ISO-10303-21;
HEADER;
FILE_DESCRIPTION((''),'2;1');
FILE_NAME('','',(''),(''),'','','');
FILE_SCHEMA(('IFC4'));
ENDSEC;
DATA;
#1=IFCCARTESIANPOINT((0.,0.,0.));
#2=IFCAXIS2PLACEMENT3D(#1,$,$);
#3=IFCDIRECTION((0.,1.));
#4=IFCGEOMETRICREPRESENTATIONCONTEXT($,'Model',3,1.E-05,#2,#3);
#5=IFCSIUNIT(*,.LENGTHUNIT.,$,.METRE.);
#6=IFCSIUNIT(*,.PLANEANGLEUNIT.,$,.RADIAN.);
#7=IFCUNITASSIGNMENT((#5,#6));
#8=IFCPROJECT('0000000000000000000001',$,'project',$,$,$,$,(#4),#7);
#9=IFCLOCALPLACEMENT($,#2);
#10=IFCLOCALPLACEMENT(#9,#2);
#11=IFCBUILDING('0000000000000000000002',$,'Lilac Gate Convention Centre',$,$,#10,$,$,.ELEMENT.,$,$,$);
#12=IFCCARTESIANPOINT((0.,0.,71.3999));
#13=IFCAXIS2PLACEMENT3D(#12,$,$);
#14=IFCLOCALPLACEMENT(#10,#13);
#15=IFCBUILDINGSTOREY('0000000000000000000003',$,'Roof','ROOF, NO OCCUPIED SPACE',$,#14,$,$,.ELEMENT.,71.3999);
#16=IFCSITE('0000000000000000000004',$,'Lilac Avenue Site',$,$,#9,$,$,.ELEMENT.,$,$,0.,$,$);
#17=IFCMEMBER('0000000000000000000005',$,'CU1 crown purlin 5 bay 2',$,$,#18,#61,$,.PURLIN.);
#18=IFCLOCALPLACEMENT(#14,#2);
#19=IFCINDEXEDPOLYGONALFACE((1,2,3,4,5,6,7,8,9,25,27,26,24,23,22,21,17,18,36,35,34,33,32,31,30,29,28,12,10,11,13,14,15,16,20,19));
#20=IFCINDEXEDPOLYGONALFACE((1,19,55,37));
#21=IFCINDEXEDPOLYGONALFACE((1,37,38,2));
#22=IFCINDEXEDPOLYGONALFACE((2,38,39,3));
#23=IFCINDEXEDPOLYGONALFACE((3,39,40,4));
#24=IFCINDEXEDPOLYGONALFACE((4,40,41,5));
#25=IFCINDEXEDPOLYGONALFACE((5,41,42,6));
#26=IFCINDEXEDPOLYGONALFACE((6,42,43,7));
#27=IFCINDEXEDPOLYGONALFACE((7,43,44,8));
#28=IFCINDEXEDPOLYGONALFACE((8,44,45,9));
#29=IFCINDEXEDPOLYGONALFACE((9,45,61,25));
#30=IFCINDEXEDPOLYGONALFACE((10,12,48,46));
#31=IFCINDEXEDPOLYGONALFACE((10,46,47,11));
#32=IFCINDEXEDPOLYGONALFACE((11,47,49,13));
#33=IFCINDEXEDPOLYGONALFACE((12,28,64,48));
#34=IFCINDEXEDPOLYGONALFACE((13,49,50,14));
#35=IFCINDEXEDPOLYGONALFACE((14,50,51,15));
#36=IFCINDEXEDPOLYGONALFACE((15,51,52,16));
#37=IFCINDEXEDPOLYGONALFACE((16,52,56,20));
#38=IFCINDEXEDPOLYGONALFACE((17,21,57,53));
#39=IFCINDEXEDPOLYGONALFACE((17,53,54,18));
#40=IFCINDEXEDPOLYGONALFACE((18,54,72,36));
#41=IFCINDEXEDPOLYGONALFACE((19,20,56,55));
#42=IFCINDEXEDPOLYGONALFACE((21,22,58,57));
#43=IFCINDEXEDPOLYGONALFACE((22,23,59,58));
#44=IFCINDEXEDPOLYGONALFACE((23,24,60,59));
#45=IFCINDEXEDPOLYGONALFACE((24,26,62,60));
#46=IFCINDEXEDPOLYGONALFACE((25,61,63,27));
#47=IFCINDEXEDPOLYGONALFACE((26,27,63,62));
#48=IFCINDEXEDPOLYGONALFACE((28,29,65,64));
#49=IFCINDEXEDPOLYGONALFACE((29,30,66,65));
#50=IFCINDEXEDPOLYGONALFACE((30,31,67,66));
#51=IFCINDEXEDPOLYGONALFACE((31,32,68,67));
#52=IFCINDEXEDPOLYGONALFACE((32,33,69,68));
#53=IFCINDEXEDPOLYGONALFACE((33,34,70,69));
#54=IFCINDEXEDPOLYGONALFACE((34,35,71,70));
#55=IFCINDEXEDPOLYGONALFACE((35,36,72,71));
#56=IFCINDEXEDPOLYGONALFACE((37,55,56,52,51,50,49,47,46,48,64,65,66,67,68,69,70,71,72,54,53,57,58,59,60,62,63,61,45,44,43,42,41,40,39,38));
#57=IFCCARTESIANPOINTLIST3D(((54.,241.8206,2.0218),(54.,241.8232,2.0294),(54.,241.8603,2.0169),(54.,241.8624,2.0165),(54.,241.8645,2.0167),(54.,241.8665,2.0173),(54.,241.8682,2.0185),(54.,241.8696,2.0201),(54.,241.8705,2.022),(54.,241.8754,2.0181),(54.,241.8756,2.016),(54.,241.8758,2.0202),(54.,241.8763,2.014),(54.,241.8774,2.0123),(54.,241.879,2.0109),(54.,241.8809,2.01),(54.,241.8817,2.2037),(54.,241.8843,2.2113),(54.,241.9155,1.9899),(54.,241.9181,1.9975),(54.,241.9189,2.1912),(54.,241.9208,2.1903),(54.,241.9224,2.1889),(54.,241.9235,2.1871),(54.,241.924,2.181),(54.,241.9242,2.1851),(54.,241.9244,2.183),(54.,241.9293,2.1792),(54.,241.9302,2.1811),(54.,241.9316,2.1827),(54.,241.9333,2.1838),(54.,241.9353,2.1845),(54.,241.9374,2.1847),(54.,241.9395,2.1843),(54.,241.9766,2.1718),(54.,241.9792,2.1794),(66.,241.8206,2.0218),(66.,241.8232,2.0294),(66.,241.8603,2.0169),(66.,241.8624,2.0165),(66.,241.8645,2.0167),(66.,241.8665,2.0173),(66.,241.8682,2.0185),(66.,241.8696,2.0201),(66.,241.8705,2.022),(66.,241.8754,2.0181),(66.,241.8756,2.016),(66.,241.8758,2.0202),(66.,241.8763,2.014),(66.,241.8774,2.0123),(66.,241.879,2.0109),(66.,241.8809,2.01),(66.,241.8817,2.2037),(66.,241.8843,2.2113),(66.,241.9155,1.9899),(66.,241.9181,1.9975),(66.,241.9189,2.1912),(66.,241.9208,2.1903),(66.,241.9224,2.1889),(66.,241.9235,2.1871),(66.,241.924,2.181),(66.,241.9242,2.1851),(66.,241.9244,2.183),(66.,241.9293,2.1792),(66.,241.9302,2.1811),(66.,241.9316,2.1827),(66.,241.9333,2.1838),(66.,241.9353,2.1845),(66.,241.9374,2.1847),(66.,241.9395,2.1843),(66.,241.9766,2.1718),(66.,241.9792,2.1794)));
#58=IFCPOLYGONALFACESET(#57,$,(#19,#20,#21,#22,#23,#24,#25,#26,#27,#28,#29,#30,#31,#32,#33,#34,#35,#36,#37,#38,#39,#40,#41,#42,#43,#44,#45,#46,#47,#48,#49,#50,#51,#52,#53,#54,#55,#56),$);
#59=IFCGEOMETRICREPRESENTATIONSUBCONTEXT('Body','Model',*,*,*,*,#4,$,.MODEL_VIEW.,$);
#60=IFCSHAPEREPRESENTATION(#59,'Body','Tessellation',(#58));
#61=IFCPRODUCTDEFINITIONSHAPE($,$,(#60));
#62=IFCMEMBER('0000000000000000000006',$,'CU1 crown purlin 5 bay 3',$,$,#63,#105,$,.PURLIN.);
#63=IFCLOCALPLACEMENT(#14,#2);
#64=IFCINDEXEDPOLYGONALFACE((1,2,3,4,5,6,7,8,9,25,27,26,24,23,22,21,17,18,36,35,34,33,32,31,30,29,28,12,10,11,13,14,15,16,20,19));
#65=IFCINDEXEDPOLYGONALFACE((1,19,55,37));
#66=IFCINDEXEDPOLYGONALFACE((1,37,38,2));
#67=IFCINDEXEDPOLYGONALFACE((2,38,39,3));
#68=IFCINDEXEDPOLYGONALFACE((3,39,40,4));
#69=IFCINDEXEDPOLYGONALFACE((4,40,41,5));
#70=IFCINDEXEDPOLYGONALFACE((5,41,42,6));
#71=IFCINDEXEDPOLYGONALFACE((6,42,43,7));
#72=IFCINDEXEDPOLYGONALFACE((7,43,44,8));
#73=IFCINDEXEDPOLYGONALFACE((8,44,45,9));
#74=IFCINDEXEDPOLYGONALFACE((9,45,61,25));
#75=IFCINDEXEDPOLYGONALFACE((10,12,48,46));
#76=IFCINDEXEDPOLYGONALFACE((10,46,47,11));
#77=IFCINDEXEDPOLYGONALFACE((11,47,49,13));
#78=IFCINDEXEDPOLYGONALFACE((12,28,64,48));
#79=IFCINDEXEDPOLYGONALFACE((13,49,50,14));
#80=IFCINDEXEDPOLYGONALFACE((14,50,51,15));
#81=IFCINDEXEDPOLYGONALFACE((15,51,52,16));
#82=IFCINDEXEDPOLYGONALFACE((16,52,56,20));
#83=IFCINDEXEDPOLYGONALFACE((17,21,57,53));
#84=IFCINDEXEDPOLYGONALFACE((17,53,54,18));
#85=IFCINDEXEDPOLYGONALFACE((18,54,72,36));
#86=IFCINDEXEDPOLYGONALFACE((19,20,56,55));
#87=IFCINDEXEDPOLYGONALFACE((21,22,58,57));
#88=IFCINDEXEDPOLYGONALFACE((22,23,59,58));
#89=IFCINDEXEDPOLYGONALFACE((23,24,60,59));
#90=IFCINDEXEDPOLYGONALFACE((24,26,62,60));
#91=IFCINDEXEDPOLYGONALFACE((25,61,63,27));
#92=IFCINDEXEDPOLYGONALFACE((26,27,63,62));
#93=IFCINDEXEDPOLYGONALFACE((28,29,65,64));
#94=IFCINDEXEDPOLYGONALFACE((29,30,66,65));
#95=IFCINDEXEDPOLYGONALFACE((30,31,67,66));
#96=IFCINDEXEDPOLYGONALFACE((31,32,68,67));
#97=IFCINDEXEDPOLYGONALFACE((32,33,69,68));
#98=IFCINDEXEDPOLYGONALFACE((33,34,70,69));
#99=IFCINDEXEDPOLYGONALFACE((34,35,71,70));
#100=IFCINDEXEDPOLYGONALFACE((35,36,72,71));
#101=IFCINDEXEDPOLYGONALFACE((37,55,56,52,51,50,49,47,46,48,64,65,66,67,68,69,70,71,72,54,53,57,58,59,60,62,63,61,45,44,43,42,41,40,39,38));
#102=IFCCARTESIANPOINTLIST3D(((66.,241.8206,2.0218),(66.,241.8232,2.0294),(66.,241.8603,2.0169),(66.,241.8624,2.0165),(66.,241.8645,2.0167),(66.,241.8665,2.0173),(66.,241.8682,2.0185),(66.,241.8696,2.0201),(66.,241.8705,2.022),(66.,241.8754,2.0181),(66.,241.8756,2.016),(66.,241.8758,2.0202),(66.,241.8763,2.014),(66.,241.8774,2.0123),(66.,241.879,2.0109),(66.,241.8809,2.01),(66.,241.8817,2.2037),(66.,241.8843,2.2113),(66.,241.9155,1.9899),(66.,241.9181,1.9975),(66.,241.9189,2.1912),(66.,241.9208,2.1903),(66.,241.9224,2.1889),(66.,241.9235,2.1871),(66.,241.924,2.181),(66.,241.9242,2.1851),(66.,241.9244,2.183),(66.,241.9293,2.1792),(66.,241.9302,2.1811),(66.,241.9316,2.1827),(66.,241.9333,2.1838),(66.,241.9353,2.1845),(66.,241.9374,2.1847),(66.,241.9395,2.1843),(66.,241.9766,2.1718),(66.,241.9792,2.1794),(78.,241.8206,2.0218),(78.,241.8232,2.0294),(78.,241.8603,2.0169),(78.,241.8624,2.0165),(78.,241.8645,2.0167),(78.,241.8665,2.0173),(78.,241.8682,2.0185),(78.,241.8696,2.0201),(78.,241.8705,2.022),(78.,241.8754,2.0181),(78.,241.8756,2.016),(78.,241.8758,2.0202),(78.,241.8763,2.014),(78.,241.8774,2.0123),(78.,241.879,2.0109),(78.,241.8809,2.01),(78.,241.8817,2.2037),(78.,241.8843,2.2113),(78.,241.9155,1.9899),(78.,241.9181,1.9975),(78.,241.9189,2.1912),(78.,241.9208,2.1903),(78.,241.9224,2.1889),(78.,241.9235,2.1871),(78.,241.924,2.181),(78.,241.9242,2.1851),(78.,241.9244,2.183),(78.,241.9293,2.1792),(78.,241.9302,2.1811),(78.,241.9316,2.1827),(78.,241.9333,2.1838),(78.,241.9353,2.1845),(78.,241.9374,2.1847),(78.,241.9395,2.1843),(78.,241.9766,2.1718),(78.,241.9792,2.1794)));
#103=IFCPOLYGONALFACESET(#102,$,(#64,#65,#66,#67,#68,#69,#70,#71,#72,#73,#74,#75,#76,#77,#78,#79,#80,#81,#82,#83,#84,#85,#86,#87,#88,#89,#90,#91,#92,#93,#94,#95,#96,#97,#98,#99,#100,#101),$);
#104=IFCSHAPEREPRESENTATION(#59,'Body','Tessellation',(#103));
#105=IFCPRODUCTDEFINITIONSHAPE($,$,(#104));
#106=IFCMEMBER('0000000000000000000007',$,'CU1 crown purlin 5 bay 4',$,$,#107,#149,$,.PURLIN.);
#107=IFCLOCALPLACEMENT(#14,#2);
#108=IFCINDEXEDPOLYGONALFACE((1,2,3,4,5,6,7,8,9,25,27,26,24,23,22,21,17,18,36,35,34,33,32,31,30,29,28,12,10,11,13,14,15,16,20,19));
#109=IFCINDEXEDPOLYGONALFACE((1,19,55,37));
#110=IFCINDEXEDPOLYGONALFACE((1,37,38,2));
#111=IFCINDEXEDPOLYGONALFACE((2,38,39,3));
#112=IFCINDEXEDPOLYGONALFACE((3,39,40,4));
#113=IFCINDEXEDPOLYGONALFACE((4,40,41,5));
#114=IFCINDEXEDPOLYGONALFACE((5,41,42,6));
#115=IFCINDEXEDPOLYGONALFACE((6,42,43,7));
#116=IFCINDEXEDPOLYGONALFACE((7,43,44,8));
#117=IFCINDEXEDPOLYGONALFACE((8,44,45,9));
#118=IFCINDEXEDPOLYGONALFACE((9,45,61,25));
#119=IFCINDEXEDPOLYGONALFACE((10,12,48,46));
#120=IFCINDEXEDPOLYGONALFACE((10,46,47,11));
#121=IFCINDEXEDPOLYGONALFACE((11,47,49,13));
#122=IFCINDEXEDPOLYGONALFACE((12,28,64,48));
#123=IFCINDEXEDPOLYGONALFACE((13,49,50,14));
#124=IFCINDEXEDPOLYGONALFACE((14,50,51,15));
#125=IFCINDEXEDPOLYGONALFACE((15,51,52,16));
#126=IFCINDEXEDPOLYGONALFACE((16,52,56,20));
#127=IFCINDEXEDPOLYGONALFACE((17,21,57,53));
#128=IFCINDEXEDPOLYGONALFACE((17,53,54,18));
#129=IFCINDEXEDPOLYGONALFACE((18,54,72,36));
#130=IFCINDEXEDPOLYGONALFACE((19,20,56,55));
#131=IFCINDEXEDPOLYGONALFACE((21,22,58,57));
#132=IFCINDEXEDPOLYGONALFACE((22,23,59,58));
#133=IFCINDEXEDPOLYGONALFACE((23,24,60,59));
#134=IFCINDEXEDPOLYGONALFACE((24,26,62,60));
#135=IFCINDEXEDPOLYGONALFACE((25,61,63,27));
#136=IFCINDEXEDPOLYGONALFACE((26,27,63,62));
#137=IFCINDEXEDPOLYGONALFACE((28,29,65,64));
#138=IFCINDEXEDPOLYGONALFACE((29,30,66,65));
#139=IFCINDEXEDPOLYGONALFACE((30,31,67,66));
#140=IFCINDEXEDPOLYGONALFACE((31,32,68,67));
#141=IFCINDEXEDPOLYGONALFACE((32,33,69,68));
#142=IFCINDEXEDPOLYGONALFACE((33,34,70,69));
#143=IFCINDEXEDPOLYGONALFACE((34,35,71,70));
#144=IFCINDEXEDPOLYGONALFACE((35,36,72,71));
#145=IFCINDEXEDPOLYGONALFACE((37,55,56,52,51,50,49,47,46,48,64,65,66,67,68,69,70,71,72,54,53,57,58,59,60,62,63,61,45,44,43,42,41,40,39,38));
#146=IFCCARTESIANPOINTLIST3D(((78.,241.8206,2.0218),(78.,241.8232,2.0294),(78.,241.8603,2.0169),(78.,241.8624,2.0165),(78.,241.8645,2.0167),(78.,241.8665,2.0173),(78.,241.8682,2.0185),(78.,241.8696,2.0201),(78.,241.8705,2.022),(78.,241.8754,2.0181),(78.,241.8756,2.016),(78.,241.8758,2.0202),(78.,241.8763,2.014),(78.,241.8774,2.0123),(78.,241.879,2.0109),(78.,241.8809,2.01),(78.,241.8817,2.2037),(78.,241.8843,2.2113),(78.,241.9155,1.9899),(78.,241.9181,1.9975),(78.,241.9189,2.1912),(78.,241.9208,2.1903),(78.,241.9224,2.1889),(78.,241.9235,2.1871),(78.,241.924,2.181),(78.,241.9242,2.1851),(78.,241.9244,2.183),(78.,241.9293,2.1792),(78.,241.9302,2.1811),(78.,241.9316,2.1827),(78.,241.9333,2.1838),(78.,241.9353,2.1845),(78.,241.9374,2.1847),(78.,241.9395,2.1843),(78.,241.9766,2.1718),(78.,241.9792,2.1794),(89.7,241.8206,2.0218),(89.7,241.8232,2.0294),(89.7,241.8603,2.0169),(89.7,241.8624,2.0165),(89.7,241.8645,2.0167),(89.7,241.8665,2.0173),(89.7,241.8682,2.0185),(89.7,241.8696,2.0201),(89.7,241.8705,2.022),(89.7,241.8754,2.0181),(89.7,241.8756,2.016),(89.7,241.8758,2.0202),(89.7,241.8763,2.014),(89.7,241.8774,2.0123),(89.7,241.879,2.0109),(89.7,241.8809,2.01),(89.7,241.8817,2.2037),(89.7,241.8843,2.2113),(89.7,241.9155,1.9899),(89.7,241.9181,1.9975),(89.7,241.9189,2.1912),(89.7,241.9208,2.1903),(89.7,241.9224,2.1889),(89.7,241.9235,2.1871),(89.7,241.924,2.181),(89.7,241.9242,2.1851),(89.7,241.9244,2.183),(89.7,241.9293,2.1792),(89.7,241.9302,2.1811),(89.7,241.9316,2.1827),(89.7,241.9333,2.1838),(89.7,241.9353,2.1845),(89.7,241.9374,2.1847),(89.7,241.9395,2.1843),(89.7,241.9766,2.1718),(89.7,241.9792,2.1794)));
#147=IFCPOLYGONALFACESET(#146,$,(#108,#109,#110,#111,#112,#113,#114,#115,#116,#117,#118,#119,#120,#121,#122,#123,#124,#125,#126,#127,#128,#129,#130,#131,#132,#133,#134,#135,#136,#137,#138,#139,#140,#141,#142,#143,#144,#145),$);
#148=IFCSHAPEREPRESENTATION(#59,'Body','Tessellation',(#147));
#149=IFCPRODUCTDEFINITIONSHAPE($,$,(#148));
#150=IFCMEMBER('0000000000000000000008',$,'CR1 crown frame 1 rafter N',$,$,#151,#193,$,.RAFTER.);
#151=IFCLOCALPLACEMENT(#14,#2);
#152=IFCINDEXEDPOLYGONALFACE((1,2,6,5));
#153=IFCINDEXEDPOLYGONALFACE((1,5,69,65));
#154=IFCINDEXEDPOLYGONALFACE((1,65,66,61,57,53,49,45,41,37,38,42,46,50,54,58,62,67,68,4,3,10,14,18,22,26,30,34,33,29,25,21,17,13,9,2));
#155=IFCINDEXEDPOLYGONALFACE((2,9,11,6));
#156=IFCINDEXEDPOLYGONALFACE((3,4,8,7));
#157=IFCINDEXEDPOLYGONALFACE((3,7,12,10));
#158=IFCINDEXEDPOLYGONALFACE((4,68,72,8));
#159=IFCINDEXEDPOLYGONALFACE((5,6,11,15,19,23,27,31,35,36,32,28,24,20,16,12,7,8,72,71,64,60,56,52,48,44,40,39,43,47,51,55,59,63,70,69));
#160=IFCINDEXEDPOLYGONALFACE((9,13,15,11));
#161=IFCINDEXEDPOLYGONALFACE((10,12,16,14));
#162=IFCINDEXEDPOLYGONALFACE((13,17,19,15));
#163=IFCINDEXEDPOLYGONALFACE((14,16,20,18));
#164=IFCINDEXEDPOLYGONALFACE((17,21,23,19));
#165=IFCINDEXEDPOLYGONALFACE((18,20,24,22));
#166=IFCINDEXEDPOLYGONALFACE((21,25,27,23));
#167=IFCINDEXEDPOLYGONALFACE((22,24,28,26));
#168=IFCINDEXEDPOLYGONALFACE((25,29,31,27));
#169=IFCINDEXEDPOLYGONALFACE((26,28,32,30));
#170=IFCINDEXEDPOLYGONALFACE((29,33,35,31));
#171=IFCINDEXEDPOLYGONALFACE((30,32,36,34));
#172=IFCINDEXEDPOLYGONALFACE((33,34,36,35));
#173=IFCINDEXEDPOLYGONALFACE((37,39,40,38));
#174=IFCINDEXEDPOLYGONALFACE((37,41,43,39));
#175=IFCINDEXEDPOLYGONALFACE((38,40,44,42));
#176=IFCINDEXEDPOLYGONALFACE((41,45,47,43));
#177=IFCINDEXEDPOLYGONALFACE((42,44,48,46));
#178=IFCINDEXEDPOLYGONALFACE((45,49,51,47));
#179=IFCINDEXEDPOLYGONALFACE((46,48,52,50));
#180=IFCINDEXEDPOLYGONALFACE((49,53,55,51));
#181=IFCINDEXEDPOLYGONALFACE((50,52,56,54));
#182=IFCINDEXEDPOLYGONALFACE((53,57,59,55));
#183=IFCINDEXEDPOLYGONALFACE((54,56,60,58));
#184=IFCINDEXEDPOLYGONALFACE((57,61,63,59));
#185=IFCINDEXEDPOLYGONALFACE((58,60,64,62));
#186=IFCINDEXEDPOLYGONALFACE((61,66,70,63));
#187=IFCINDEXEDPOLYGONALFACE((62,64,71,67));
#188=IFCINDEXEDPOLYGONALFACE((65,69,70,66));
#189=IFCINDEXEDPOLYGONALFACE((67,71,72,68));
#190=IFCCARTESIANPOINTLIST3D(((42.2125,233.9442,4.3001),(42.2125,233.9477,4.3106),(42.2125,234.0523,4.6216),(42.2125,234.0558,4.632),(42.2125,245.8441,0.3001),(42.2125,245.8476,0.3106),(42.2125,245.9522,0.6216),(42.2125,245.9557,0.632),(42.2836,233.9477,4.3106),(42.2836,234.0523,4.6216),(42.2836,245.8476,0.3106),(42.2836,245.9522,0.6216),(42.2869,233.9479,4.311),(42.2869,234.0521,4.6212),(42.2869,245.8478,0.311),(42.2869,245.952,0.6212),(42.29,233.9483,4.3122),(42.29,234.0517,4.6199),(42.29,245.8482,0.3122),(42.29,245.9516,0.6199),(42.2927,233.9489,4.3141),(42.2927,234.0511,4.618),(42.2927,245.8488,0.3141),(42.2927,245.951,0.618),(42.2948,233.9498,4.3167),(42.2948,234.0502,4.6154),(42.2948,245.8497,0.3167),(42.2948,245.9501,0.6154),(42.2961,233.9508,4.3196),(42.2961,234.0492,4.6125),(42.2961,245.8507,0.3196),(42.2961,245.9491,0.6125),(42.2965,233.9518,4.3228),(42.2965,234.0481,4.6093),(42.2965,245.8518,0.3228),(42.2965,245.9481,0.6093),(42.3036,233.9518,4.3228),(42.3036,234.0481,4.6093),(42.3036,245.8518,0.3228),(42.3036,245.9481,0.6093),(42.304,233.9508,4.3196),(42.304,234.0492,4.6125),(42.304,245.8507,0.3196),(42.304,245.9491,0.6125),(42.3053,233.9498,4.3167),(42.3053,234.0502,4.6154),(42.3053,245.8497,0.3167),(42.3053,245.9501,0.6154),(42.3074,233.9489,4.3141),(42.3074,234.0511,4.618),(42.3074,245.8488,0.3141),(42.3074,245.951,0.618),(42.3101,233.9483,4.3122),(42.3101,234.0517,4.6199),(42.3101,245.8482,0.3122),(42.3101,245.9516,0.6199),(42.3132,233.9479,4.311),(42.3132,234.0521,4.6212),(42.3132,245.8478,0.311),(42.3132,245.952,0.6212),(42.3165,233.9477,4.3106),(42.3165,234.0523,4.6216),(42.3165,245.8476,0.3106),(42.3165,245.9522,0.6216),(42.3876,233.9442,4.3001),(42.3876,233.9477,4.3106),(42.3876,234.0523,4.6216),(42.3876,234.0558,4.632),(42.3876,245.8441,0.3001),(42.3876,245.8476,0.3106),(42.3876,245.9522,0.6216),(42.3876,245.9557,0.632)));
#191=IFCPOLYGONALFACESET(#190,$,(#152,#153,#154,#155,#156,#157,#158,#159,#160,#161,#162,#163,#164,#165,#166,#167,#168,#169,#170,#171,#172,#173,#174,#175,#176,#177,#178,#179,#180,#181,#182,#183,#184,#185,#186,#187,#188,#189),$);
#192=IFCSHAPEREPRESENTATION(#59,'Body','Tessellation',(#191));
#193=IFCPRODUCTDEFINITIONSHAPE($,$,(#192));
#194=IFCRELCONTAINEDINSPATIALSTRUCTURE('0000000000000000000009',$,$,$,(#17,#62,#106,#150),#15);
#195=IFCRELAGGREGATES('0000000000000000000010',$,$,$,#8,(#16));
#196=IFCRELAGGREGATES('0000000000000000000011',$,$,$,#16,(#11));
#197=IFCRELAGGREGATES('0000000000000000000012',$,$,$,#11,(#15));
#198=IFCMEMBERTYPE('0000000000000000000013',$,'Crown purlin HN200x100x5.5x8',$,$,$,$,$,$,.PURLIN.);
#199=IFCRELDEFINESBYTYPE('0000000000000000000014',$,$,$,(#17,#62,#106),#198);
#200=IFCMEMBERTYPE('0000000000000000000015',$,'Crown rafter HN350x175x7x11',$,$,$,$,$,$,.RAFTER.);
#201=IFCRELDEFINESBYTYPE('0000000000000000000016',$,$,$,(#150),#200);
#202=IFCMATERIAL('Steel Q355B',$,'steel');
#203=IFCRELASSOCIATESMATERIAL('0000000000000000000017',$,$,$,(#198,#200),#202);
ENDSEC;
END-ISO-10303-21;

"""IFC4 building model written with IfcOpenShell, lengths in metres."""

from ifc_helpers import new_model, si_unit, direction, frame, origin, origin_2d, place, context, subcontext, project, spatial, i_section, extrude, material, material_profile, profile_set, type_object, element, save


model = new_model("IFC4")

# Units and contexts
model_context = context("Model", 3, precision=1e-05, world=origin(), true_north=direction((0.0, 1.0)))
body_context = subcontext(model_context, "Body", "Model", "MODEL_VIEW")
ifc_project = project(units=[si_unit("LENGTHUNIT", "METRE"), si_unit("PLANEANGLEUNIT", "RADIAN")], contexts=[model_context])

# Site, building, storey
site_placement = place(None, origin())
site = spatial("IfcSite", under=ifc_project, at=site_placement, Name="Lilac Avenue Site", CompositionType="ELEMENT", RefElevation=0.0)
building_placement = place(site_placement, origin())
building = spatial("IfcBuilding", under=site, at=building_placement, Name="Lilac Gate Convention Centre", CompositionType="ELEMENT")
storey_placement = place(building_placement, frame((0.0, 0.0, 71.3999)))
storey = spatial("IfcBuildingStorey", under=building, at=storey_placement, Name="Roof", Description="ROOF, NO OCCUPIED SPACE", CompositionType="ELEMENT", Elevation=71.3999)

# Members
ifc_material_1 = material(Name="Steel Q355B", Category="steel")
ifc_material_profile_1 = material_profile(ifc_material_1, i_section(OverallWidth=0.1001, OverallDepth=0.2, WebThickness=0.0056, FlangeThickness=0.0081, FilletRadius=0.0081, at=origin_2d()), Name="HN200x100x5.5x8")
ifc_profile_set_1 = profile_set([ifc_material_profile_1], Name="Steel Q355B")
member_type_1 = type_object("IfcMemberType", Name="Crown purlin HN200x100x5.5x8", PredefinedType="PURLIN", material=ifc_profile_set_1)
for number, where, z_axis, x_axis, name in (
    (1, (54.0, 241.8999, 2.1006), (1.0, 0.0, 0.0), (0.0, 0.947884, -0.318616), "CU1 crown purlin 5 bay 2"),
    (2, (66.0, 241.8999, 2.1006), (1.0, 0.0, 0.0), (0.0, 0.947884, -0.318616), "CU1 crown purlin 5 bay 3"),
):
    element("IfcMember", number, at=place(storey_placement, frame(where, z_axis=z_axis, x_axis=x_axis)), inside=storey, type_object=member_type_1, Name=name, PredefinedType="PURLIN", context=body_context, shape_type="SweptSolid", body=[
        extrude(i_section(OverallWidth=0.1001, OverallDepth=0.2, WebThickness=0.0056, FlangeThickness=0.0081, FilletRadius=0.0081, at=origin_2d()), origin(), (0.0, 0.0, 1.0), 12.0),
    ])
member_1_placement = place(storey_placement, frame((78.0, 241.8999, 2.1006), z_axis=(1.0, 0.0, 0.0), x_axis=(0.0, 0.947884, -0.318616)))
element("IfcMember", 3, at=member_1_placement, inside=storey, type_object=member_type_1, Name="CU1 crown purlin 5 bay 4", PredefinedType="PURLIN", context=body_context, shape_type="SweptSolid", body=[
    extrude(i_section(OverallWidth=0.1001, OverallDepth=0.2, WebThickness=0.0056, FlangeThickness=0.0081, FilletRadius=0.0081, at=origin_2d()), origin(), (0.0, 0.0, 1.0), 11.7),
])
ifc_material_profile_2 = material_profile(ifc_material_1, i_section(OverallWidth=0.175, OverallDepth=0.3501, WebThickness=0.0071, FlangeThickness=0.011, FilletRadius=0.0129, at=origin_2d()), Name="HN350x175x7x11")
ifc_profile_set_2 = profile_set([ifc_material_profile_2], Name="Steel Q355B")
member_type_2 = type_object("IfcMemberType", Name="Crown rafter HN350x175x7x11", PredefinedType="RAFTER", material=ifc_profile_set_2)
for number, where, z_axis, x_axis, name in (
    (4, (42.3, 245.8999, 0.4661), (0.0, -0.947883, 0.318619), (1.0, 0.0, 0.0), "CR1 crown frame 1 rafter N"),
):
    element("IfcMember", number, at=place(storey_placement, frame(where, z_axis=z_axis, x_axis=x_axis)), inside=storey, type_object=member_type_2, Name=name, PredefinedType="RAFTER", context=body_context, shape_type="SweptSolid", body=[
        extrude(i_section(OverallWidth=0.175, OverallDepth=0.3501, WebThickness=0.0071, FlangeThickness=0.011, FilletRadius=0.0129, at=origin_2d()), origin(), (0.0, 0.0, 1.0), 12.5542),
    ])

save(model, "model.ifc")
